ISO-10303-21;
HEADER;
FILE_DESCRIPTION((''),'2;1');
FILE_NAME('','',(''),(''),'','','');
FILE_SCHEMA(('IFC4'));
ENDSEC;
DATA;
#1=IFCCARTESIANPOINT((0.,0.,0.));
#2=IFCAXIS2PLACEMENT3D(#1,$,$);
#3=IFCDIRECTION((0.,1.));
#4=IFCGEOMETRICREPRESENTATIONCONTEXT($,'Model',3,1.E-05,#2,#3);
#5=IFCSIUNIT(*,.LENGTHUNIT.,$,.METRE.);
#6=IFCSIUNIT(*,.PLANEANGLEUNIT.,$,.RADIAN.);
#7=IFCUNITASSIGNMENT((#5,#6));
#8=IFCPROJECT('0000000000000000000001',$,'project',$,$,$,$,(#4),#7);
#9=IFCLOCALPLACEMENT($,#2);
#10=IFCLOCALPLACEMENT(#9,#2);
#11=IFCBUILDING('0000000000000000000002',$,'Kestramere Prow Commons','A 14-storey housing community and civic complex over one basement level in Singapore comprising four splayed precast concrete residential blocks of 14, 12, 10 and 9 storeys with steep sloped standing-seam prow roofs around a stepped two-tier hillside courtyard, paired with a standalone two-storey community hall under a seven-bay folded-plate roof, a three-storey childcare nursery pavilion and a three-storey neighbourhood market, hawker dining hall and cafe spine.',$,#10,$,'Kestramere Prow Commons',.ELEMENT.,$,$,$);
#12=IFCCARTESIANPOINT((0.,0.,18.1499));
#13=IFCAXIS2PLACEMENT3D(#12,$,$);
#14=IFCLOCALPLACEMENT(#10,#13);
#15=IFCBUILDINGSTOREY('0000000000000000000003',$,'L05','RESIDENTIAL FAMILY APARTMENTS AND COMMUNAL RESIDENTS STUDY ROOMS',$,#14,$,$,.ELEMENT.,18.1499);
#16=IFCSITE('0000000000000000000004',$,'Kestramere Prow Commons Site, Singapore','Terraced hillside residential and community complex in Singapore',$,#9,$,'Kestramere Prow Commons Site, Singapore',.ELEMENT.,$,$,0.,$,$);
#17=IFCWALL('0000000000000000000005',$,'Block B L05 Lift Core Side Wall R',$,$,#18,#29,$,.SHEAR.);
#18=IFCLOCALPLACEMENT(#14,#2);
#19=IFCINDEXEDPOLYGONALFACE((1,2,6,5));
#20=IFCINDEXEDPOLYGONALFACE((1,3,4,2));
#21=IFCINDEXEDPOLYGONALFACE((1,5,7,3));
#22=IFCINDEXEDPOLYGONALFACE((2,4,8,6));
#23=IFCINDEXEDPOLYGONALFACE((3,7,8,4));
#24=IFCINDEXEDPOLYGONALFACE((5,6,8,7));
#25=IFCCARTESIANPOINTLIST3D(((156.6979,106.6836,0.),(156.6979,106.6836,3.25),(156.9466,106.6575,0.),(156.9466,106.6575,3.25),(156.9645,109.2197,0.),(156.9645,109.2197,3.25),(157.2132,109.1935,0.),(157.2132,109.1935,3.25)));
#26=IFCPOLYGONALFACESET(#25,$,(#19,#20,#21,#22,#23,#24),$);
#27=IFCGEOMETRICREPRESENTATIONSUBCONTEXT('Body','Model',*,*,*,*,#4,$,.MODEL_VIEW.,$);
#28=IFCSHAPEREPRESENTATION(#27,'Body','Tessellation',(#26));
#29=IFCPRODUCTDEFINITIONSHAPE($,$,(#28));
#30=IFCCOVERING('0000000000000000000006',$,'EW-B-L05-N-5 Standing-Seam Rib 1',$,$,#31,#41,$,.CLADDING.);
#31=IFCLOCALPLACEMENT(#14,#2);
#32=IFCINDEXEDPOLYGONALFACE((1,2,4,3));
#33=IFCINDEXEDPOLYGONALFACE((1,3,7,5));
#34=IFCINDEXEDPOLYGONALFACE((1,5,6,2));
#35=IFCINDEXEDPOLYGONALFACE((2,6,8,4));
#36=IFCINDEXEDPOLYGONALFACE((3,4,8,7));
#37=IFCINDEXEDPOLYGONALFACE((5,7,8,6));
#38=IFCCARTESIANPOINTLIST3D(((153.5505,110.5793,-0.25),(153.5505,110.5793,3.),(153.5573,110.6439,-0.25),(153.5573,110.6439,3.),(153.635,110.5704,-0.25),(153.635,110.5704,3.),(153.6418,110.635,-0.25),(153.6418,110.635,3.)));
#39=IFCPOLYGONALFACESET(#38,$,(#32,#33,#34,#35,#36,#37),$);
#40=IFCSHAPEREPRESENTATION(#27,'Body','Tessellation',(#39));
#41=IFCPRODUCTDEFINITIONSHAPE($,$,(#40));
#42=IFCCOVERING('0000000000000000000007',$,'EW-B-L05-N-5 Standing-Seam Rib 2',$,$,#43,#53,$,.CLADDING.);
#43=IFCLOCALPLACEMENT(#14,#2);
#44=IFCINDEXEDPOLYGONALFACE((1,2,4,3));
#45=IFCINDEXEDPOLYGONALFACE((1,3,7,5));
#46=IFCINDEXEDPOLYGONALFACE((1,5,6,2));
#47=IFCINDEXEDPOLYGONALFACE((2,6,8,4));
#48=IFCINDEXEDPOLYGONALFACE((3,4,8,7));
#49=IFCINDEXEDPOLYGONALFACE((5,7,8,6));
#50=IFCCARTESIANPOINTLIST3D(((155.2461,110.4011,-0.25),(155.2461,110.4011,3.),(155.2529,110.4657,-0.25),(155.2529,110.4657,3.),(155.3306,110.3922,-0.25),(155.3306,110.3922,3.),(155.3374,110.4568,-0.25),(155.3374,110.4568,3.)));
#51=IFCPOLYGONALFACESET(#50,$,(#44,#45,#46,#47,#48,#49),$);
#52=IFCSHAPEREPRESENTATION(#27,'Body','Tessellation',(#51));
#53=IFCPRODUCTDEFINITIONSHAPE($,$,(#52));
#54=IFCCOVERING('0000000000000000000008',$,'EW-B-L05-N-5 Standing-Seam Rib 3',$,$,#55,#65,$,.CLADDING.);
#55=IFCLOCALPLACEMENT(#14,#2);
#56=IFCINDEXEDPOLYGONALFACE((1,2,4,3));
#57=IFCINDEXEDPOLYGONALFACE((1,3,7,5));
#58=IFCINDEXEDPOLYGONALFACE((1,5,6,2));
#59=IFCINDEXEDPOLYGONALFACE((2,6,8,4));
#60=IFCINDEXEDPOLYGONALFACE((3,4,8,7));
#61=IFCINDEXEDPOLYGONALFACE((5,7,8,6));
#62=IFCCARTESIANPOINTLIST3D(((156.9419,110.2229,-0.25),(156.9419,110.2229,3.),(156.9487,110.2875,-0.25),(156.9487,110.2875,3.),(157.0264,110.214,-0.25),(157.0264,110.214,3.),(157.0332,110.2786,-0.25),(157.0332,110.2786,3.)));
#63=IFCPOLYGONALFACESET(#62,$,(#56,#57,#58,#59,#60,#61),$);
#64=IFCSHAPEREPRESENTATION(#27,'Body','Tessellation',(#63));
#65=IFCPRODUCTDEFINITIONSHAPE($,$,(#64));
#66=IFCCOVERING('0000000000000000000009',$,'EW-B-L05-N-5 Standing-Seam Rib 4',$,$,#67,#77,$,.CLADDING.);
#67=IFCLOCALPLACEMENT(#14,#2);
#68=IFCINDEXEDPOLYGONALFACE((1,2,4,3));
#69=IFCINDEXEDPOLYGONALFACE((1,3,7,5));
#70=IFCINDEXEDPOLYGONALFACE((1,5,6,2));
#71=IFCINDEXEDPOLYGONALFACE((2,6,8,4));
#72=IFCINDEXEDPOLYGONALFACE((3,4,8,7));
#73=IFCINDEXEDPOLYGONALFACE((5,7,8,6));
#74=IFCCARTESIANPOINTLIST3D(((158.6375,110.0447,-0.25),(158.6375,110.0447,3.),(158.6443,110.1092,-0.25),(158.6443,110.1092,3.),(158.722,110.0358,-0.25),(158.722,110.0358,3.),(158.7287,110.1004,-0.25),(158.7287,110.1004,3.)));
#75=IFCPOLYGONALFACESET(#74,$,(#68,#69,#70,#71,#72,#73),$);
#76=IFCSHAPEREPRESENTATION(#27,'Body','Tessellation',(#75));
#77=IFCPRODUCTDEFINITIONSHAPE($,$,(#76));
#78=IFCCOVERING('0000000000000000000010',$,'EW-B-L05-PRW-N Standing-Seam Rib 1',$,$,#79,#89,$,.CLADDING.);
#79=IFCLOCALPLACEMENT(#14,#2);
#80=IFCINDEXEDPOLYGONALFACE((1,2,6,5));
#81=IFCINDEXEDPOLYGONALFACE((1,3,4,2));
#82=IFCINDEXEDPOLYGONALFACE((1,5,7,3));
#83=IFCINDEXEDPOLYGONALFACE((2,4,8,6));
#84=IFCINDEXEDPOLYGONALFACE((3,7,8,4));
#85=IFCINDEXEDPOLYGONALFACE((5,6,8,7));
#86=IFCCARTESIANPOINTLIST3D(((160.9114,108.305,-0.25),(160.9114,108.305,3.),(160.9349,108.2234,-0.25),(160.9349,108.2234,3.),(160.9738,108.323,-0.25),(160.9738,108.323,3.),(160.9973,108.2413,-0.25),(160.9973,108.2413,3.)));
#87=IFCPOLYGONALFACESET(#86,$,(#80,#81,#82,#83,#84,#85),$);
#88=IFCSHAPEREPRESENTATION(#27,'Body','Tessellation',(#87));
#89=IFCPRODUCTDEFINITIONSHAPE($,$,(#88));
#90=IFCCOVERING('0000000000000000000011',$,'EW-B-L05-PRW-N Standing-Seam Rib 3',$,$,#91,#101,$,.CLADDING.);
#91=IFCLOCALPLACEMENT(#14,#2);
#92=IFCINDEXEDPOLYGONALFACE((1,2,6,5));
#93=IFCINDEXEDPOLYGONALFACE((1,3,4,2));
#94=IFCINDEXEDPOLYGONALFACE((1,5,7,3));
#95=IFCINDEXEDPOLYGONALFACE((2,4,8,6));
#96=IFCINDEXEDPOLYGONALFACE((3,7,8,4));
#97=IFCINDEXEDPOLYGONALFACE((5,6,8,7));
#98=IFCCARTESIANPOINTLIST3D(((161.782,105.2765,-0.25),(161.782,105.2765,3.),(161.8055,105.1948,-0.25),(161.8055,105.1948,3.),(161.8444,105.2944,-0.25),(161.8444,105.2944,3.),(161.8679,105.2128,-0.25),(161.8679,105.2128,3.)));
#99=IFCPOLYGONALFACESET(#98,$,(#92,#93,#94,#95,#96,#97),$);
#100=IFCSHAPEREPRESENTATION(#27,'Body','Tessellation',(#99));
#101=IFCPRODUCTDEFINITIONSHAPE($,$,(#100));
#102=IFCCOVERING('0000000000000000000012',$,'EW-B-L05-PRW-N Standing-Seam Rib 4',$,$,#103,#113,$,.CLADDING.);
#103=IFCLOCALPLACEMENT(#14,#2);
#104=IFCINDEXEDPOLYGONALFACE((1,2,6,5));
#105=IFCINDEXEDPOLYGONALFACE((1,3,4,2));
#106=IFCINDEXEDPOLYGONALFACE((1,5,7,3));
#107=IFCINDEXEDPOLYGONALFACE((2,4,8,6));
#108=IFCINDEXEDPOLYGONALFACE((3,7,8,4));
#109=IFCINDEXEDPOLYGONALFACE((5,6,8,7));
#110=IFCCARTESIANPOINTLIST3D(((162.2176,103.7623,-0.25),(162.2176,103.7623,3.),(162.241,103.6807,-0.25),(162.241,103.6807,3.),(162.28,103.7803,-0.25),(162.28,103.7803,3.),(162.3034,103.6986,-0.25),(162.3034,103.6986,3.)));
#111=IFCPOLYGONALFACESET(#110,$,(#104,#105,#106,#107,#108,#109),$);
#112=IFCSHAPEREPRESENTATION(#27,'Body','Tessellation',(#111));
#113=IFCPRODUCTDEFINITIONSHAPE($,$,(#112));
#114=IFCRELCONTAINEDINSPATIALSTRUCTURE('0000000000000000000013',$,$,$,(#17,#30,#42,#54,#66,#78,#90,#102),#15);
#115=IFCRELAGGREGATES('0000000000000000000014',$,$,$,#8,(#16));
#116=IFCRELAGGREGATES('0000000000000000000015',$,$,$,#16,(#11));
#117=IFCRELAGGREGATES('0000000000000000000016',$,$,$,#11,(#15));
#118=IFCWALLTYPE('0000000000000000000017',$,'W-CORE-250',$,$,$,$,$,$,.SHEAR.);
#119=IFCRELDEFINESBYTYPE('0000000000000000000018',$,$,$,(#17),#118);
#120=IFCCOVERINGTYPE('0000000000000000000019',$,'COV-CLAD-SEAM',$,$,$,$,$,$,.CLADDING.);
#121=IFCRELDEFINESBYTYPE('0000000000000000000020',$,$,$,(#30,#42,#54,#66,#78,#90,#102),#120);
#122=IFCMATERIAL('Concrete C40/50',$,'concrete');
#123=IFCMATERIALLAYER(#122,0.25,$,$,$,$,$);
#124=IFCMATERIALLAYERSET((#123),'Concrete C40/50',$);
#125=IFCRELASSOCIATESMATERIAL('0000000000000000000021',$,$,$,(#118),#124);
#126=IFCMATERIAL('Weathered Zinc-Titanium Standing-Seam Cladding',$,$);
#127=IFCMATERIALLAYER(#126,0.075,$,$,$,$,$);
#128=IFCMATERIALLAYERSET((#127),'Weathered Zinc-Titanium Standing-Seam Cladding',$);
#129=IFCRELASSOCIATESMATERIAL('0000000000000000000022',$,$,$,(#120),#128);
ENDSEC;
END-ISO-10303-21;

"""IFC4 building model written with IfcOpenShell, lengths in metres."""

from ifc_helpers import new_model, si_unit, direction, frame, frame_2d, origin, origin_2d, place, context, subcontext, project, spatial, rectangle, extrude, material, layer, layer_set, type_object, element, save


model = new_model("IFC4")

# Units and contexts
model_context = context("Model", 3, precision=1e-05, world=origin(), true_north=direction((0.0, 1.0)))
body_context = subcontext(model_context, "Body", "Model", "MODEL_VIEW")
ifc_project = project(units=[si_unit("LENGTHUNIT", "METRE"), si_unit("PLANEANGLEUNIT", "RADIAN")], contexts=[model_context])

# Site, building, storey
site_placement = place(None, origin())
site = spatial("IfcSite", under=ifc_project, at=site_placement, Name="Kestramere Prow Commons Site, Singapore", Description="Terraced hillside residential and community complex in Singapore", LongName="Kestramere Prow Commons Site, Singapore", CompositionType="ELEMENT", RefElevation=0.0)
building_placement = place(site_placement, origin())
building = spatial("IfcBuilding", under=site, at=building_placement, Name="Kestramere Prow Commons", Description="A 14-storey housing community and civic complex over one basement level in Singapore comprising four splayed precast concrete residential blocks of 14, 12, 10 and 9 storeys with steep sloped standing-seam prow roofs around a stepped two-tier hillside courtyard, paired with a standalone two-storey community hall under a seven-bay folded-plate roof, a three-storey childcare nursery pavilion and a three-storey neighbourhood market, hawker dining hall and cafe spine.", LongName="Kestramere Prow Commons", CompositionType="ELEMENT")
storey_placement = place(building_placement, frame((0.0, 0.0, 18.1499)))
storey = spatial("IfcBuildingStorey", under=building, at=storey_placement, Name="L05", Description="RESIDENTIAL FAMILY APARTMENTS AND COMMUNAL RESIDENTS STUDY ROOMS", CompositionType="ELEMENT", Elevation=18.1499)

# Shared definitions
ifc_material_1 = material(Name="Weathered Zinc-Titanium Standing-Seam Cladding")

# Shared definitions
ifc_material_2 = material(Name="Concrete C40/50", Category="concrete")
ifc_layer_1 = layer(ifc_material_2, 0.25)
ifc_layer_set_1 = layer_set([ifc_layer_1], Name="Concrete C40/50")
wall_type_1 = type_object("IfcWallType", Name="W-CORE-250", PredefinedType="SHEAR", material=ifc_layer_set_1)

# Wall
wall_1_placement = place(storey_placement, frame((156.8223, 106.6707, 0.0), z_axis=(0.0, 0.0, 1.0), x_axis=(0.104545, 0.99452, 0.0)))
element("IfcWall", 1, at=wall_1_placement, inside=storey, type_object=wall_type_1, Name="Block B L05 Lift Core Side Wall R", PredefinedType="SHEAR", context=body_context, shape_type="SweptSolid", body=[
    extrude(rectangle(XDim=2.55, YDim=0.25, at=frame_2d((1.2749, 0.0))), origin(), (0.0, 0.0, 1.0), 3.25),
])

# Coverings
ifc_layer_2 = layer(ifc_material_1, 0.075)
ifc_layer_set_2 = layer_set([ifc_layer_2], Name="Weathered Zinc-Titanium Standing-Seam Cladding")
covering_type = type_object("IfcCoveringType", Name="COV-CLAD-SEAM", PredefinedType="CLADDING", material=ifc_layer_set_2)
for number, where, z_axis, x_axis, name in (
    (2, (153.5962, 110.6072, -0.25), (0.0, 0.0, 1.0), (0.994522, -0.104528, 0.0), "EW-B-L05-N-5 Standing-Seam Rib 1"),
    (3, (155.2917, 110.429, -0.25), (0.0, 0.0, 1.0), (0.994522, -0.104528, 0.0), "EW-B-L05-N-5 Standing-Seam Rib 2"),
    (4, (156.9875, 110.2507, -0.25), (0.0, 0.0, 1.0), (0.994522, -0.104528, 0.0), "EW-B-L05-N-5 Standing-Seam Rib 3"),
    (5, (158.6831, 110.0725, -0.25), (0.0, 0.0, 1.0), (0.994522, -0.104528, 0.0), "EW-B-L05-N-5 Standing-Seam Rib 4"),
    (6, (160.9543, 108.2732, -0.25), (0.0, 0.0, 1.0), (0.276318, -0.961066, 0.0), "EW-B-L05-PRW-N Standing-Seam Rib 1"),
    (7, (161.825, 105.2446, -0.25), (0.0, 0.0, 1.0), (0.276318, -0.961066, 0.0), "EW-B-L05-PRW-N Standing-Seam Rib 3"),
    (8, (162.2605, 103.7305, -0.25), (0.0, 0.0, 1.0), (0.276318, -0.961066, 0.0), "EW-B-L05-PRW-N Standing-Seam Rib 4"),
):
    element("IfcCovering", number, at=place(storey_placement, frame(where, z_axis=z_axis, x_axis=x_axis)), inside=storey, type_object=covering_type, Name=name, PredefinedType="CLADDING", context=body_context, shape_type="SweptSolid", body=[
        extrude(rectangle(XDim=0.085, YDim=0.0649, at=origin_2d()), origin(), (0.0, 0.0, 1.0), 3.25),
    ])

save(model, "model.ifc")
